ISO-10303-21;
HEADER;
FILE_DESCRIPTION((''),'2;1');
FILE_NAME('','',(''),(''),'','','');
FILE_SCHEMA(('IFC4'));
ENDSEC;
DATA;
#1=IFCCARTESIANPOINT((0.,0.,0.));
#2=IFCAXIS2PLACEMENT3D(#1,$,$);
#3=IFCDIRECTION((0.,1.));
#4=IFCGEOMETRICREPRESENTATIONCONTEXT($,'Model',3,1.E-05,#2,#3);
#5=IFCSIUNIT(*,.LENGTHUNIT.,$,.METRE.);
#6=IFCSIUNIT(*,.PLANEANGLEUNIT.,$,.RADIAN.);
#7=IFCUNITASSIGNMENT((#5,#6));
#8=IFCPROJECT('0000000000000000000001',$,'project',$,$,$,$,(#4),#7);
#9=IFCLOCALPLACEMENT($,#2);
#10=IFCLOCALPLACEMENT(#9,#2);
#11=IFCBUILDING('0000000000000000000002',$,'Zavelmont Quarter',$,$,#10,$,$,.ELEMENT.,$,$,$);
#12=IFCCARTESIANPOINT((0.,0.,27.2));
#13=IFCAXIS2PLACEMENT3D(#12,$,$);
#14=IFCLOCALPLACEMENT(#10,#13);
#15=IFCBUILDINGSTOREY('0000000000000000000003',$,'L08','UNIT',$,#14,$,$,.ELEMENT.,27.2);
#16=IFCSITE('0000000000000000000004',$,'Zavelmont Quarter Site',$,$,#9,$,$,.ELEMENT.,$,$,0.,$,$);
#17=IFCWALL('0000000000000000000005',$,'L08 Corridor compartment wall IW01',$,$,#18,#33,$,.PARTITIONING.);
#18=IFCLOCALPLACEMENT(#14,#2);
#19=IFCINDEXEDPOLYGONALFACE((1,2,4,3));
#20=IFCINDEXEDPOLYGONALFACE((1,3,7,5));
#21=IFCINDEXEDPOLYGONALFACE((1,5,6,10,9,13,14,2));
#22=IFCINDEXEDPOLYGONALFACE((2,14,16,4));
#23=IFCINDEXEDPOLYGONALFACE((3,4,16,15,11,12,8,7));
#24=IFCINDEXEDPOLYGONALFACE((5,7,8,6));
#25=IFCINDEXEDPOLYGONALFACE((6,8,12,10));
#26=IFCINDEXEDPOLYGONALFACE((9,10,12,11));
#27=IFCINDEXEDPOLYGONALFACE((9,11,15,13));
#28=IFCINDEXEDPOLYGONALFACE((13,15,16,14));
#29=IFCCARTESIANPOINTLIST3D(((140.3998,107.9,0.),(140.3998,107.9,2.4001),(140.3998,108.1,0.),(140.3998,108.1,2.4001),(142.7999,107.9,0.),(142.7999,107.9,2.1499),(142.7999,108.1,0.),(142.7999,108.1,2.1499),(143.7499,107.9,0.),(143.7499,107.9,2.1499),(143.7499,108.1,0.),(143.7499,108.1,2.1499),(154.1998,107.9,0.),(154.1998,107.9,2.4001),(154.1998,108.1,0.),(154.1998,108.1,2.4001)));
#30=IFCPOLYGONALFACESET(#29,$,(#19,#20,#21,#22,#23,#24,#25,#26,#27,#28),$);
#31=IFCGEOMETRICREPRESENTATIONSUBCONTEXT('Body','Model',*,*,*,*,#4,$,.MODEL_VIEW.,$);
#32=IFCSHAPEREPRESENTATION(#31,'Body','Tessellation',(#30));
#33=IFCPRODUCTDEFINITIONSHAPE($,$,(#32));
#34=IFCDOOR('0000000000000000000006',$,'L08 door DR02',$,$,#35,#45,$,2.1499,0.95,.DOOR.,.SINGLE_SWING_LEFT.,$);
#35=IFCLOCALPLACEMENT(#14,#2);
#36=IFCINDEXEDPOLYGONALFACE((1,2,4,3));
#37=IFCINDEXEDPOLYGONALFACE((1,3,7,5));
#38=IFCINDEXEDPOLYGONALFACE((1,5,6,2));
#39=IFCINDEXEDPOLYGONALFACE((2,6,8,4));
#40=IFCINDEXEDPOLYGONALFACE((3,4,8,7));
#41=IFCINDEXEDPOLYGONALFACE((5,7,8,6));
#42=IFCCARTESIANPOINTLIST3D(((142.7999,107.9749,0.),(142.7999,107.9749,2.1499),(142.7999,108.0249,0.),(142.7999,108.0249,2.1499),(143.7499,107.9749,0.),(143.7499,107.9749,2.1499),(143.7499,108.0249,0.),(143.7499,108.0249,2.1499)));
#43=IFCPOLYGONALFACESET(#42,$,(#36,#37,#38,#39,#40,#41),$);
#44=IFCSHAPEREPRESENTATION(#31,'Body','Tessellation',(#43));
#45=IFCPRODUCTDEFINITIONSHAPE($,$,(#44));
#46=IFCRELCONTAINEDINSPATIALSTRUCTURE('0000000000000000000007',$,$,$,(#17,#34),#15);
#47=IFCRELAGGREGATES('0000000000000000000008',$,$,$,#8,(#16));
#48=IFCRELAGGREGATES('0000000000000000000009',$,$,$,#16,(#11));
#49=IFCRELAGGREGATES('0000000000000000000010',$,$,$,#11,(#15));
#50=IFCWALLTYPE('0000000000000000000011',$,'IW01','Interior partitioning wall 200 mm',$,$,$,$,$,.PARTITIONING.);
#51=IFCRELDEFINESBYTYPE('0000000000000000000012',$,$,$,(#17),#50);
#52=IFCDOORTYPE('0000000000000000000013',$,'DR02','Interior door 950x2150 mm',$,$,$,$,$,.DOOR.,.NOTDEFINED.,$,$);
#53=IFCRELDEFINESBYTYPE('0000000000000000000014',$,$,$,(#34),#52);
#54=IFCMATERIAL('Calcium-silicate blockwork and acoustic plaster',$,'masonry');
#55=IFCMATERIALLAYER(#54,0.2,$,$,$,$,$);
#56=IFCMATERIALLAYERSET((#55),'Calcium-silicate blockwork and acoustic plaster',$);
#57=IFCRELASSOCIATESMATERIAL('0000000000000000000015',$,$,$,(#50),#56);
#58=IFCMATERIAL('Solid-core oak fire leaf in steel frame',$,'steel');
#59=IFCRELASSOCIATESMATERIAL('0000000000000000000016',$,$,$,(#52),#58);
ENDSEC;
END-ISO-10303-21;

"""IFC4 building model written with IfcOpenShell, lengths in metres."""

from ifc_helpers import new_model, si_unit, direction, frame, frame_2d, origin, origin_with_axes, place, context, subcontext, project, spatial, rectangle, extrude, material, layer, layer_set, type_object, element, fill, save


model = new_model("IFC4")

# Units and contexts
model_context = context("Model", 3, precision=1e-05, world=origin(), true_north=direction((0.0, 1.0)))
body_context = subcontext(model_context, "Body", "Model", "MODEL_VIEW")
ifc_project = project(units=[si_unit("LENGTHUNIT", "METRE"), si_unit("PLANEANGLEUNIT", "RADIAN")], contexts=[model_context])

# Site, building, storey
site_placement = place(None, origin())
site = spatial("IfcSite", under=ifc_project, at=site_placement, Name="Zavelmont Quarter Site", CompositionType="ELEMENT", RefElevation=0.0)
building_placement = place(site_placement, origin())
building = spatial("IfcBuilding", under=site, at=building_placement, Name="Zavelmont Quarter", CompositionType="ELEMENT")
storey_placement = place(building_placement, frame((0.0, 0.0, 27.2)))
storey = spatial("IfcBuildingStorey", under=building, at=storey_placement, Name="L08", Description="UNIT", CompositionType="ELEMENT", Elevation=27.2)

# Wall, opening, door
ifc_material_1 = material(Name="Calcium-silicate blockwork and acoustic plaster", Category="masonry")
ifc_layer = layer(ifc_material_1, 0.2)
ifc_layer_set = layer_set([ifc_layer], Name="Calcium-silicate blockwork and acoustic plaster")
wall_type = type_object("IfcWallType", Name="IW01", Description="Interior partitioning wall 200 mm", PredefinedType="PARTITIONING", material=ifc_layer_set)
wall_1_placement = place(storey_placement, frame((140.3999, 108.0, 0.0), z_axis=(0.0, 0.0, 1.0), x_axis=(1.0, 0.0, 0.0)))
wall_1 = element("IfcWall", 1, at=wall_1_placement, inside=storey, type_object=wall_type, Name="L08 Corridor compartment wall IW01", PredefinedType="PARTITIONING", context=body_context, shape_type="SweptSolid", body=[
    extrude(rectangle(XDim=13.8, YDim=0.2, at=frame_2d((6.8999, 0.0))), origin(), (0.0, 0.0, 1.0), 2.4001),
])
opening_1_placement = place(wall_1_placement, frame((2.3999, 0.0, 0.0)))
opening_1 = element("IfcOpeningElement", 2, at=opening_1_placement, cuts=wall_1, PredefinedType="OPENING", context=body_context, shape_type="SweptSolid", body=[
    extrude(rectangle(XDim=0.95, YDim=2.1499, at=frame_2d((0.4751, 1.075))), frame((0.0, 0.1118, 0.0), z_axis=(0.0, -1.0, 0.0), x_axis=(1.0, 0.0, 0.0)), (0.0, 0.0, 1.0), 0.2239),
])
ifc_material_2 = material(Name="Solid-core oak fire leaf in steel frame", Category="steel")
door_type = type_object("IfcDoorType", Name="DR02", Description="Interior door 950x2150 mm", OperationType="NOTDEFINED", PredefinedType="DOOR", material=ifc_material_2)
door_1_placement = place(opening_1_placement, origin_with_axes())
door_1 = element("IfcDoor", 3, at=door_1_placement, inside=storey, type_object=door_type, Name="L08 door DR02", OperationType="SINGLE_SWING_LEFT", OverallHeight=2.1499, OverallWidth=0.95, PredefinedType="DOOR", context=body_context, shape_type="SweptSolid", body=[
    extrude(rectangle(XDim=0.95, YDim=2.1499, at=frame_2d((0.4751, 1.075))), frame((0.0, 0.0249, 0.0), z_axis=(0.0, -1.0, 0.0), x_axis=(1.0, 0.0, 0.0)), (0.0, 0.0, 1.0), 0.05),
])
fill(opening_1, door_1)

save(model, "model.ifc")
